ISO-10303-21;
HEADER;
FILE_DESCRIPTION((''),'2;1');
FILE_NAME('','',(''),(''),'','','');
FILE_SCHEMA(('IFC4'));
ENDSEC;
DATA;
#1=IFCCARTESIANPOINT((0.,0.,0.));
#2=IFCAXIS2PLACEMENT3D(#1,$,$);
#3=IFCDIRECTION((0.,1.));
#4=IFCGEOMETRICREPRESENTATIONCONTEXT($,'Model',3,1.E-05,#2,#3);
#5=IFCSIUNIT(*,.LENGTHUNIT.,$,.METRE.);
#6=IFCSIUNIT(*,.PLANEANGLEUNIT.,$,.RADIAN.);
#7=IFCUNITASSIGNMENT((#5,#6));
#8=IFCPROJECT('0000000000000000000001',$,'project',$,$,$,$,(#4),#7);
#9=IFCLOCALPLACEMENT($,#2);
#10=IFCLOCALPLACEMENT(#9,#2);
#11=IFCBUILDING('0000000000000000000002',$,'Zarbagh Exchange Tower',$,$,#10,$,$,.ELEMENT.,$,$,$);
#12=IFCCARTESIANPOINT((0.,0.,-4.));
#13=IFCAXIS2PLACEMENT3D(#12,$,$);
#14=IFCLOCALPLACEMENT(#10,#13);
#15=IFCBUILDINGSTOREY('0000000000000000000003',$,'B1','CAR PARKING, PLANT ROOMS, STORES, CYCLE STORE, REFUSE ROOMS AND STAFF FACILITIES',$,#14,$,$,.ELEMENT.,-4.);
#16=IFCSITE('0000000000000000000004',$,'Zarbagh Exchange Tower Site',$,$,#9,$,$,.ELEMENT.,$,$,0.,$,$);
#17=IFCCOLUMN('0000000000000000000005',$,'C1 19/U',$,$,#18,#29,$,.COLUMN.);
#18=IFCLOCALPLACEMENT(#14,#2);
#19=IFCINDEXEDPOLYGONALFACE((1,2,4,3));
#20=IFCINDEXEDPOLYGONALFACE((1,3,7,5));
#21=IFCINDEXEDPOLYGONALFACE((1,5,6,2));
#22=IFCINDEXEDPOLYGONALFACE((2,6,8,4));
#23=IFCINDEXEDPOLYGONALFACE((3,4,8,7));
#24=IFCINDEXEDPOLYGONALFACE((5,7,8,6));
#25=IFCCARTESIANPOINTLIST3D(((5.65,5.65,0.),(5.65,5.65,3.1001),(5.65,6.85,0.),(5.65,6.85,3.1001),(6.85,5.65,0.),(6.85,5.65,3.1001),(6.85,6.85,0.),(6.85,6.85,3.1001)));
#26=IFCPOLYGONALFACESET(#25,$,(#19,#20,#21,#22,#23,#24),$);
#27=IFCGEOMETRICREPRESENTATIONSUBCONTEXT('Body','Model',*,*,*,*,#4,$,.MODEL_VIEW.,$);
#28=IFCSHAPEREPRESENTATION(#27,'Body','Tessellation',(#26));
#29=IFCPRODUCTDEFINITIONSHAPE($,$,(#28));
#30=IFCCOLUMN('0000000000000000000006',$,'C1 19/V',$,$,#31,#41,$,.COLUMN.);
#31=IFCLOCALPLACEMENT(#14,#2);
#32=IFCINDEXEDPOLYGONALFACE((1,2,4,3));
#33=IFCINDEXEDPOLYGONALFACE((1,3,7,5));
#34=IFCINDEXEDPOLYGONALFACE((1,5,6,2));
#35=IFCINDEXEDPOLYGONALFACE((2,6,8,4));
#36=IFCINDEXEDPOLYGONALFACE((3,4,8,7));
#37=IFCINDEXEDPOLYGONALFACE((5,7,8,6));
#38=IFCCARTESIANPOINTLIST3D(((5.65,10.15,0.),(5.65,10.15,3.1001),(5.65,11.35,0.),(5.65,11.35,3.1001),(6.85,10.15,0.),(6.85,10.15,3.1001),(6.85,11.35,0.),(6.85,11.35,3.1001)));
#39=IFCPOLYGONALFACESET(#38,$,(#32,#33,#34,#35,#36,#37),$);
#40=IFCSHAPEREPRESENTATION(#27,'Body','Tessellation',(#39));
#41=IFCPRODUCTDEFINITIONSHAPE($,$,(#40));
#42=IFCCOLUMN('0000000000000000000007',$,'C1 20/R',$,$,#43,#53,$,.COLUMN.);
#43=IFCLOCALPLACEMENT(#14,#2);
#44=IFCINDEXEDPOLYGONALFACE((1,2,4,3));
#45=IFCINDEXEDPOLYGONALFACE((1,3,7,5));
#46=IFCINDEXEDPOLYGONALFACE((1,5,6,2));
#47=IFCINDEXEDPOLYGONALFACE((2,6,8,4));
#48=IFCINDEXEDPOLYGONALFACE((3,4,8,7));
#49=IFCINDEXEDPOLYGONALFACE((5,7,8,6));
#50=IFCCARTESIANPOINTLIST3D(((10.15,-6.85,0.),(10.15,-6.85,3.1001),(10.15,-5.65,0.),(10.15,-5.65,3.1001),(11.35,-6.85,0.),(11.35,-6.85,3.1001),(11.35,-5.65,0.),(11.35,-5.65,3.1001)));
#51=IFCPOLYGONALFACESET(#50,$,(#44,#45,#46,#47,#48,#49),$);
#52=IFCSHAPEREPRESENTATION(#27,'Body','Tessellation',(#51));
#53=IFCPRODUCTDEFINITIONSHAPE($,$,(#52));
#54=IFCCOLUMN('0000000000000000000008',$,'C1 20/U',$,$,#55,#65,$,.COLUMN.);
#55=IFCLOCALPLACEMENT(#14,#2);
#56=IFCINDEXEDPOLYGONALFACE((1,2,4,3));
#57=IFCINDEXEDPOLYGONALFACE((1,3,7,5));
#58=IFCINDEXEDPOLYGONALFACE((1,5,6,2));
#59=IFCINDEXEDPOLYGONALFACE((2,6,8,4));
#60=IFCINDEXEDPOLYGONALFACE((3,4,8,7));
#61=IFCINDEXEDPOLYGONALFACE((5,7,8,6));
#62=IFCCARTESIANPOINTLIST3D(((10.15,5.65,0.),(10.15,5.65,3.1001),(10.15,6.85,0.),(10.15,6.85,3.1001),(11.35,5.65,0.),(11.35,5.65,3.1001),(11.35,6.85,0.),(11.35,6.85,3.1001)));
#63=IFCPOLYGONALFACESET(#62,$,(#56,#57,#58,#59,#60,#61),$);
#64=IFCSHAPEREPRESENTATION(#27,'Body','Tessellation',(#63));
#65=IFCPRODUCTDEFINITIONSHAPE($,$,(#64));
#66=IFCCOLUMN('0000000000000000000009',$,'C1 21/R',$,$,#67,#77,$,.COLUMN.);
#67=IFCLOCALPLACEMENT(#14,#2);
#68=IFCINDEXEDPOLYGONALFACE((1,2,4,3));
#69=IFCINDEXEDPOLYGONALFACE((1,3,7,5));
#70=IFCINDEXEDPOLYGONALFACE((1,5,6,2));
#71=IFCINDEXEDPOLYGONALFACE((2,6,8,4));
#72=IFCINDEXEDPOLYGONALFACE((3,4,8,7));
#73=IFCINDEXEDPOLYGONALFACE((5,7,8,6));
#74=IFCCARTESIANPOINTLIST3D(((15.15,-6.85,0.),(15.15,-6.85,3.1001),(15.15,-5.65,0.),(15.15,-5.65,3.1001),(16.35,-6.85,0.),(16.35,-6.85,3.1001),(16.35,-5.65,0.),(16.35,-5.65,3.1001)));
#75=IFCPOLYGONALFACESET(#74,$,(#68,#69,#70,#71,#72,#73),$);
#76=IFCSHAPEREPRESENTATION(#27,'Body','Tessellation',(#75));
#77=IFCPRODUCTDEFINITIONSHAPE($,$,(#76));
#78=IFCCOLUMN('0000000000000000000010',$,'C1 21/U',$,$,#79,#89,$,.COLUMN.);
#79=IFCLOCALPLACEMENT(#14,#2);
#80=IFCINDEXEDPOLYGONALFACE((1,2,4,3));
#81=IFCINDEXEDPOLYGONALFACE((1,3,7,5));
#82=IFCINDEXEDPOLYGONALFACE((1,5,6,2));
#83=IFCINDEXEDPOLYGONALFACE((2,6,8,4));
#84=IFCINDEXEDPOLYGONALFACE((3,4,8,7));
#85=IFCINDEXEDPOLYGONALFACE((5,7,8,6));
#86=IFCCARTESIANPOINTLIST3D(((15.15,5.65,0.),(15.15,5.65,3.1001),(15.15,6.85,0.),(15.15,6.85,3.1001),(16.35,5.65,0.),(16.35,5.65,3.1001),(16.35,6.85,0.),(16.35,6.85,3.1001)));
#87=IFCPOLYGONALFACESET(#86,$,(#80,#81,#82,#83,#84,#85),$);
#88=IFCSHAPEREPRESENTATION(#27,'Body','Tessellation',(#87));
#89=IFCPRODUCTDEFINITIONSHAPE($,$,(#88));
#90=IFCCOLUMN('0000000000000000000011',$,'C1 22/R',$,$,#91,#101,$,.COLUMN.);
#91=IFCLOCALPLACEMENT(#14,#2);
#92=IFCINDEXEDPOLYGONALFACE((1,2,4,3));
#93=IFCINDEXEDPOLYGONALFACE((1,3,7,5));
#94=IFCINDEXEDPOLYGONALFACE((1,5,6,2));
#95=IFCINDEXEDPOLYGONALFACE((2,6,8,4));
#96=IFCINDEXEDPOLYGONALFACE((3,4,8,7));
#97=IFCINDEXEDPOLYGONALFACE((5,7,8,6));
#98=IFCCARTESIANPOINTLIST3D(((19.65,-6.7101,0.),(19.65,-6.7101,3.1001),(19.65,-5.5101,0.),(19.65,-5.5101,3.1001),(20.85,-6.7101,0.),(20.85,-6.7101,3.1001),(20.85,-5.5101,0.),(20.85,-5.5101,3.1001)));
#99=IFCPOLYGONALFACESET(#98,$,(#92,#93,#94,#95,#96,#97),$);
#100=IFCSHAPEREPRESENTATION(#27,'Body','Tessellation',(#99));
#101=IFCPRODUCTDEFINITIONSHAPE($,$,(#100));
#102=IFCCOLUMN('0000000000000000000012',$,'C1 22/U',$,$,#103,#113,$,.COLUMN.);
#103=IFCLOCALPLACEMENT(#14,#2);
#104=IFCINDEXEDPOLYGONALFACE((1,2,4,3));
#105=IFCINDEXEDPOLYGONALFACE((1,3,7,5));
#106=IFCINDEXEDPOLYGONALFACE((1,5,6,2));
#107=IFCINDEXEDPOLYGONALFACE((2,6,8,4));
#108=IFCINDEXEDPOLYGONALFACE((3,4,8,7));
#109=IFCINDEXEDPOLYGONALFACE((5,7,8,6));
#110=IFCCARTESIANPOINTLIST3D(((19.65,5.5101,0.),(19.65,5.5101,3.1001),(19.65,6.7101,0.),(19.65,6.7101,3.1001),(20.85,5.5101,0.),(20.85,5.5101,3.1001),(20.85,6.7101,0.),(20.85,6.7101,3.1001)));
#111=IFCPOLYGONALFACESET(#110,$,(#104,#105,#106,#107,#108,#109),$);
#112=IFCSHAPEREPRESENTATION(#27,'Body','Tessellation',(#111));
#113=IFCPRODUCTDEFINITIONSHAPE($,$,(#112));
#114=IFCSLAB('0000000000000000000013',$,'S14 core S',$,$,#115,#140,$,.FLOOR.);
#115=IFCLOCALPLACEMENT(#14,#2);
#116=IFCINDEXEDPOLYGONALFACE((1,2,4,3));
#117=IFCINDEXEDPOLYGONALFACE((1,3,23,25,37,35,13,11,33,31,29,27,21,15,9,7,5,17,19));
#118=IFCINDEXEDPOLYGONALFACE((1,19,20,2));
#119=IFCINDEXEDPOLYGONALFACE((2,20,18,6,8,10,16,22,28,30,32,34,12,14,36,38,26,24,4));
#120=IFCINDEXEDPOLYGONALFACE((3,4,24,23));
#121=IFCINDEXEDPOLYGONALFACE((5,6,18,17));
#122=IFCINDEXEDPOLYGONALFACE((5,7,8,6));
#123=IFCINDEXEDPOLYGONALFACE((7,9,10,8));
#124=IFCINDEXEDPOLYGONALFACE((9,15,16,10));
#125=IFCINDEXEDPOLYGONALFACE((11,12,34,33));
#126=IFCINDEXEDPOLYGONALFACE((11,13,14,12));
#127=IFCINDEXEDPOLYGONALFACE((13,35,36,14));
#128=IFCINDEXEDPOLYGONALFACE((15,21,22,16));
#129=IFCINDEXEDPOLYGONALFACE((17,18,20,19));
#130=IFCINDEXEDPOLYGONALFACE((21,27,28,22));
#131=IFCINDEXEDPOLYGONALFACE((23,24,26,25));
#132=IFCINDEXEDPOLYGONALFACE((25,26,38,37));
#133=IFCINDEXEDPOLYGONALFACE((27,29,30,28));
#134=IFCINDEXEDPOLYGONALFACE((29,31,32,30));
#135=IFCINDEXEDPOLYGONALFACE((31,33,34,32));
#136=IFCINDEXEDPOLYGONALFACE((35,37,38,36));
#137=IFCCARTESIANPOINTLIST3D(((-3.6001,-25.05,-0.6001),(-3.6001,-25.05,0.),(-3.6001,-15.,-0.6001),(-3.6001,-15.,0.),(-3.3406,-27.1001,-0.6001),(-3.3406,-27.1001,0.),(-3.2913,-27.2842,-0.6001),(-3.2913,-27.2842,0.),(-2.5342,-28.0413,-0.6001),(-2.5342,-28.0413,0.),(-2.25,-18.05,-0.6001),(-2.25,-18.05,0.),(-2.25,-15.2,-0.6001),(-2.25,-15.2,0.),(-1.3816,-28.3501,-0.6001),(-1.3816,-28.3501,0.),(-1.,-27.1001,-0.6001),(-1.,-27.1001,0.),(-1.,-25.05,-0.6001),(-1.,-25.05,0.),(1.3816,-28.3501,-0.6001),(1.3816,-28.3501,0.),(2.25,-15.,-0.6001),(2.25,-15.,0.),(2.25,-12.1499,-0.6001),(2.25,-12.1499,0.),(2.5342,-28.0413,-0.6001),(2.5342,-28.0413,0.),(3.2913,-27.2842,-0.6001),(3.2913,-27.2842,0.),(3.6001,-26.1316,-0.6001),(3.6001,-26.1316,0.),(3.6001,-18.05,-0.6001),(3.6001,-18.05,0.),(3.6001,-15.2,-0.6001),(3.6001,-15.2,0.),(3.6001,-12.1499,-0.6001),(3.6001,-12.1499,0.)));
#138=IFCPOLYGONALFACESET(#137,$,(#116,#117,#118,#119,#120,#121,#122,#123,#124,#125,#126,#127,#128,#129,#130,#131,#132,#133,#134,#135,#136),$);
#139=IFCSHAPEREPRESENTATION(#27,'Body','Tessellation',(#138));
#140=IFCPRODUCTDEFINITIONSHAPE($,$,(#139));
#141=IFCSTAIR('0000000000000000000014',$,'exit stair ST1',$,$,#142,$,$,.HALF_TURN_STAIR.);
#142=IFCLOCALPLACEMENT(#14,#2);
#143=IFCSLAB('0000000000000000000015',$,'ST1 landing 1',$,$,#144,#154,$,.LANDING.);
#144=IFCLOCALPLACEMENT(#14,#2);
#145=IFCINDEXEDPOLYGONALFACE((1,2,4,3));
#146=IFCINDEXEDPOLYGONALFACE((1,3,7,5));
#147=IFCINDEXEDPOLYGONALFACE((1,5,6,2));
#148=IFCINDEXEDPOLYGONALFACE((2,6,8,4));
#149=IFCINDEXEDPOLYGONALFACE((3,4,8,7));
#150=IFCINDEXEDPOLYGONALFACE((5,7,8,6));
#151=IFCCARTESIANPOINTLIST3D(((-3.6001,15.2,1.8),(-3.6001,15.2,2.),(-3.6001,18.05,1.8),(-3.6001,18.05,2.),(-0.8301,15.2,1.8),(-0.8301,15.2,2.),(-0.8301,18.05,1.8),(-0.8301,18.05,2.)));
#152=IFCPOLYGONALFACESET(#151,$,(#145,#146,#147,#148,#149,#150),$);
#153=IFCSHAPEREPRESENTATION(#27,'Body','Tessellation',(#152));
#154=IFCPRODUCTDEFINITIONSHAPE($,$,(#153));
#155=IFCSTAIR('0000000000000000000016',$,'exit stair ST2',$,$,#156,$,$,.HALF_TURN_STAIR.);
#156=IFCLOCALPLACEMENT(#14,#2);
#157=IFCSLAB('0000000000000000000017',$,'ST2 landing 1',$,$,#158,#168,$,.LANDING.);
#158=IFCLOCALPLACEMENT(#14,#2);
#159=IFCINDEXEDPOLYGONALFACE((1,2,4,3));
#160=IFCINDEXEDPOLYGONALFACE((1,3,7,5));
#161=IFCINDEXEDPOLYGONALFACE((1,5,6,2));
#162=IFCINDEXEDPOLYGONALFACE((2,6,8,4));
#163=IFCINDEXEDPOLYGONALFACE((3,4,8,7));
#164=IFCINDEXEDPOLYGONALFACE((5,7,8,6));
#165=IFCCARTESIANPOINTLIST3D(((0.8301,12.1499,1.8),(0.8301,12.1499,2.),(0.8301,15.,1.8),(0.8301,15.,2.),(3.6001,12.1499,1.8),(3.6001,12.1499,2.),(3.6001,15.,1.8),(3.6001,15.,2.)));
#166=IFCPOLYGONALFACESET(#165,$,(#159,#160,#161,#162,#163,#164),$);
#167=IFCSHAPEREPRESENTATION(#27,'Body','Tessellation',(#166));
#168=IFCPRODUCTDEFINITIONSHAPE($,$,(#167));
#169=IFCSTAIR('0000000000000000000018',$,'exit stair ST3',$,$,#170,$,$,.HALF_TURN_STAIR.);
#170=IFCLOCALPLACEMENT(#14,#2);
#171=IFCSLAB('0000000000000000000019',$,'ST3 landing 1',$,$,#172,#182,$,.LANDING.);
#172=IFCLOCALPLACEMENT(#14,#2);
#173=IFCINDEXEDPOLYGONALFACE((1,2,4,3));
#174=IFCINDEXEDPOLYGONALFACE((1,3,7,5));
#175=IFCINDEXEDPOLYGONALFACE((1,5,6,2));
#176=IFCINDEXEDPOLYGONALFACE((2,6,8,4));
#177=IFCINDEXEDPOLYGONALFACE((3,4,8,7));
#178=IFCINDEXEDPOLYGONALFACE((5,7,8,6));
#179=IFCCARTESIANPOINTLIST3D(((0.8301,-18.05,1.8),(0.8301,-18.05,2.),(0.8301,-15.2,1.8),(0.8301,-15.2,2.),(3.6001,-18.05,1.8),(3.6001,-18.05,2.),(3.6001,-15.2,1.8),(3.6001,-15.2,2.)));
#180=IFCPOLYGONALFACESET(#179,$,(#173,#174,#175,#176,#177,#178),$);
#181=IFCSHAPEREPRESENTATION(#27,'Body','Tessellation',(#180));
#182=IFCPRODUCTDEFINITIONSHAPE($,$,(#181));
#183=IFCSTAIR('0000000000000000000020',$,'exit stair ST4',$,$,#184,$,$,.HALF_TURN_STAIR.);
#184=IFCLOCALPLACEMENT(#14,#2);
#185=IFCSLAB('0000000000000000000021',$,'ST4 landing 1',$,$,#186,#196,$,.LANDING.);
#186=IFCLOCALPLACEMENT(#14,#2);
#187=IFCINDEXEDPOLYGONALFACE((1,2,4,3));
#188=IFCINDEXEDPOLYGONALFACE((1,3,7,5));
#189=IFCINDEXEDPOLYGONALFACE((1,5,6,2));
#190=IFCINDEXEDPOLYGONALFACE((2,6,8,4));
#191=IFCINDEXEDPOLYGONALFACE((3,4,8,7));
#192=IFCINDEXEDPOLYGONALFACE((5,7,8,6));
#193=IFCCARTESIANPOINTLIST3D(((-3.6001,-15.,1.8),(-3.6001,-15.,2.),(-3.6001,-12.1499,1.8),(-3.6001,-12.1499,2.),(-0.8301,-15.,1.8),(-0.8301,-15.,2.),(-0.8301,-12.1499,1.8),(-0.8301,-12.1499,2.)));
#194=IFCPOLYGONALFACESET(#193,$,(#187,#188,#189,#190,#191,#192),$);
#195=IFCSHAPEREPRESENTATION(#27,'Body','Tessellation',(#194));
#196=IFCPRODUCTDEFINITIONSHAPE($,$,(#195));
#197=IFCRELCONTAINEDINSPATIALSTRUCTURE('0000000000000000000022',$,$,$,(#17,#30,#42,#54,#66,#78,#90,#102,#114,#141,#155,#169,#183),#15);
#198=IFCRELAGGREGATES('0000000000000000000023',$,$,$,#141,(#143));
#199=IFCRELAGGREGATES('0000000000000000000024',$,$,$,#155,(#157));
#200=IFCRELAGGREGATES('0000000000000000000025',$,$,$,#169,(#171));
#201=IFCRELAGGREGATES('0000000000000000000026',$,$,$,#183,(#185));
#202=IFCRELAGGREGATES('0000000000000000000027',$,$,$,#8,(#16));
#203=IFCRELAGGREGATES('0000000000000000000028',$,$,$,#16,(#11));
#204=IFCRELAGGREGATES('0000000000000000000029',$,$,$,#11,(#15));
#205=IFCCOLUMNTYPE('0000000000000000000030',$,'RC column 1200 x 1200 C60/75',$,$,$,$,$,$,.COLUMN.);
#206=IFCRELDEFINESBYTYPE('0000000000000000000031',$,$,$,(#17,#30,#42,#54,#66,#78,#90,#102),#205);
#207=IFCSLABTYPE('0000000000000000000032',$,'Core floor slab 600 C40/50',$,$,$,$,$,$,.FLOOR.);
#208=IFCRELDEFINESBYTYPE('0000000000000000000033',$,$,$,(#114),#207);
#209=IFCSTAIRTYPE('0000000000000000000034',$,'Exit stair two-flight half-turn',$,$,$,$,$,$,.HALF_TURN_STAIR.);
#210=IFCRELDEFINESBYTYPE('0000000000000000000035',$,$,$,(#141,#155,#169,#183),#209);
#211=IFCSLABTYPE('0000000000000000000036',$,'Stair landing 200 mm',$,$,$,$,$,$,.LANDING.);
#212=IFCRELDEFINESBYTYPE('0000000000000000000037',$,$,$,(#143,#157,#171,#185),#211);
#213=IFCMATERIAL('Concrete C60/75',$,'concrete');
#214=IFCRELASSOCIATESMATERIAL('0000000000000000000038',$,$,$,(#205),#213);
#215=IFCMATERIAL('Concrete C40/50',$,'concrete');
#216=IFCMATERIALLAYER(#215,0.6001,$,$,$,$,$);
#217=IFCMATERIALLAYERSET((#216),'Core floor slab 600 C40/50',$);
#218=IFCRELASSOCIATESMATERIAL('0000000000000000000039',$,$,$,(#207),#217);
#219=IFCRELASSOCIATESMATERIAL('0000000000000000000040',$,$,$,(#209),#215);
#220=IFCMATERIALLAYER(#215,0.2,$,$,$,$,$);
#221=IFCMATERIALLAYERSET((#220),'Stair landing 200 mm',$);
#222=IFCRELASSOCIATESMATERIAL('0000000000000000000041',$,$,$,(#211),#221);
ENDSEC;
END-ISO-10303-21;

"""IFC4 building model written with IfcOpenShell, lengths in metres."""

from ifc_helpers import new_model, si_unit, direction, frame, origin, origin_2d, place, context, subcontext, project, spatial, polyline, rectangle, outline, extrude, material, layer, layer_set, material_profile, profile_set, type_object, element, aggregate, save


model = new_model("IFC4")

# Units and contexts
model_context = context("Model", 3, precision=1e-05, world=origin(), true_north=direction((0.0, 1.0)))
body_context = subcontext(model_context, "Body", "Model", "MODEL_VIEW")
ifc_project = project(units=[si_unit("LENGTHUNIT", "METRE"), si_unit("PLANEANGLEUNIT", "RADIAN")], contexts=[model_context])

# Site, building, storey
site_placement = place(None, origin())
site = spatial("IfcSite", under=ifc_project, at=site_placement, Name="Zarbagh Exchange Tower Site", CompositionType="ELEMENT", RefElevation=0.0)
building_placement = place(site_placement, origin())
building = spatial("IfcBuilding", under=site, at=building_placement, Name="Zarbagh Exchange Tower", CompositionType="ELEMENT")
storey_placement = place(building_placement, frame((0.0, 0.0, -4.0)))
storey = spatial("IfcBuildingStorey", under=building, at=storey_placement, Name="B1", Description="CAR PARKING, PLANT ROOMS, STORES, CYCLE STORE, REFUSE ROOMS AND STAFF FACILITIES", CompositionType="ELEMENT", Elevation=-4.0)

# Columns
ifc_material_1 = material(Name="Concrete C60/75", Category="concrete")
ifc_material_profile = material_profile(ifc_material_1, rectangle(XDim=1.2, YDim=1.2, at=origin_2d()), Name="RC column 1200 x 1200 C60/75")
ifc_profile_set = profile_set([ifc_material_profile], Name="Concrete C60/75")
column_type = type_object("IfcColumnType", Name="RC column 1200 x 1200 C60/75", PredefinedType="COLUMN", material=ifc_profile_set)
for number, where, z_axis, x_axis, name in (
    (1, (6.25, 6.25, 0.0), (0.0, 0.0, 1.0), (1.0, 0.0, 0.0), "C1 19/U"),
    (2, (6.25, 10.75, 0.0), (0.0, 0.0, 1.0), (1.0, 0.0, 0.0), "C1 19/V"),
    (3, (10.75, -6.25, 0.0), (0.0, 0.0, 1.0), (1.0, 0.0, 0.0), "C1 20/R"),
    (4, (10.75, 6.25, 0.0), (0.0, 0.0, 1.0), (1.0, 0.0, 0.0), "C1 20/U"),
    (5, (15.75, -6.25, 0.0), (0.0, 0.0, 1.0), (1.0, 0.0, 0.0), "C1 21/R"),
    (6, (15.75, 6.25, 0.0), (0.0, 0.0, 1.0), (1.0, 0.0, 0.0), "C1 21/U"),
    (7, (20.25, -6.1101, 0.0), (0.0, 0.0, 1.0), (1.0, 0.0, 0.0), "C1 22/R"),
    (8, (20.25, 6.1101, 0.0), (0.0, 0.0, 1.0), (1.0, 0.0, 0.0), "C1 22/U"),
):
    element("IfcColumn", number, at=place(storey_placement, frame(where, z_axis=z_axis, x_axis=x_axis)), inside=storey, type_object=column_type, Name=name, PredefinedType="COLUMN", context=body_context, shape_type="SweptSolid", body=[
        extrude(rectangle(XDim=1.2, YDim=1.2, at=origin_2d()), origin(), (0.0, 0.0, 1.0), 3.1001),
    ])

# Slab
ifc_material_2 = material(Name="Concrete C40/50", Category="concrete")
ifc_layer_1 = layer(ifc_material_2, 0.6001)
ifc_layer_set_1 = layer_set([ifc_layer_1], Name="Core floor slab 600 C40/50")
slab_type_1 = type_object("IfcSlabType", Name="Core floor slab 600 C40/50", PredefinedType="FLOOR", material=ifc_layer_set_1)
slab_1_placement = place(storey_placement, frame((0.0, 0.0, -0.6001)))
element("IfcSlab", 9, at=slab_1_placement, inside=storey, type_object=slab_type_1, Name="S14 core S", PredefinedType="FLOOR", context=body_context, shape_type="SweptSolid", body=[
    extrude(outline(polyline([(-2.5342, -28.0413), (-3.2913, -27.2842), (-3.3406, -27.1001), (-1.0, -27.1001), (-1.0, -25.05), (-3.6001, -25.05), (-3.6001, -15.0), (2.25, -15.0), (2.25, -12.1499), (3.6001, -12.1499), (3.6001, -15.2), (-2.25, -15.2), (-2.25, -18.05), (3.6001, -18.05), (3.6001, -26.1316), (3.2913, -27.2842), (2.5342, -28.0413), (1.3816, -28.3501), (-1.3816, -28.3501), (-2.5342, -28.0413)])), origin(), (0.0, 0.0, 1.0), 0.6001),
])

# Stairs, slabs
stair_type = type_object("IfcStairType", Name="Exit stair two-flight half-turn", PredefinedType="HALF_TURN_STAIR", material=ifc_material_2)
stair_1_placement = place(storey_placement, origin())
stair_1 = element("IfcStair", 10, at=stair_1_placement, inside=storey, type_object=stair_type, Name="exit stair ST1", PredefinedType="HALF_TURN_STAIR")
ifc_layer_2 = layer(ifc_material_2, 0.2)
ifc_layer_set_2 = layer_set([ifc_layer_2], Name="Stair landing 200 mm")
slab_type_2 = type_object("IfcSlabType", Name="Stair landing 200 mm", PredefinedType="LANDING", material=ifc_layer_set_2)
slab_2_placement = place(storey_placement, frame((0.0, 0.0, 1.8)))
slab_2 = element("IfcSlab", 11, at=slab_2_placement, type_object=slab_type_2, Name="ST1 landing 1", PredefinedType="LANDING", context=body_context, shape_type="SweptSolid", body=[
    extrude(outline(polyline([(-0.8301, 18.05), (-3.6001, 18.05), (-3.6001, 15.2), (-0.8301, 15.2), (-0.8301, 18.05)])), origin(), (0.0, 0.0, 1.0), 0.2),
])
aggregate(stair_1, [slab_2])
stair_2_placement = place(storey_placement, origin())
stair_2 = element("IfcStair", 12, at=stair_2_placement, inside=storey, type_object=stair_type, Name="exit stair ST2", PredefinedType="HALF_TURN_STAIR")
slab_3_placement = place(storey_placement, frame((0.0, 0.0, 1.8)))
slab_3 = element("IfcSlab", 13, at=slab_3_placement, type_object=slab_type_2, Name="ST2 landing 1", PredefinedType="LANDING", context=body_context, shape_type="SweptSolid", body=[
    extrude(outline(polyline([(0.8301, 12.1499), (3.6001, 12.1499), (3.6001, 15.0), (0.8301, 15.0), (0.8301, 12.1499)])), origin(), (0.0, 0.0, 1.0), 0.2),
])
aggregate(stair_2, [slab_3])
stair_3_placement = place(storey_placement, origin())
stair_3 = element("IfcStair", 14, at=stair_3_placement, inside=storey, type_object=stair_type, Name="exit stair ST3", PredefinedType="HALF_TURN_STAIR")
slab_4_placement = place(storey_placement, frame((0.0, 0.0, 1.8)))
slab_4 = element("IfcSlab", 15, at=slab_4_placement, type_object=slab_type_2, Name="ST3 landing 1", PredefinedType="LANDING", context=body_context, shape_type="SweptSolid", body=[
    extrude(outline(polyline([(0.8301, -18.05), (3.6001, -18.05), (3.6001, -15.2), (0.8301, -15.2), (0.8301, -18.05)])), origin(), (0.0, 0.0, 1.0), 0.2),
])
aggregate(stair_3, [slab_4])
stair_4_placement = place(storey_placement, origin())
stair_4 = element("IfcStair", 16, at=stair_4_placement, inside=storey, type_object=stair_type, Name="exit stair ST4", PredefinedType="HALF_TURN_STAIR")
slab_5_placement = place(storey_placement, frame((0.0, 0.0, 1.8)))
slab_5 = element("IfcSlab", 17, at=slab_5_placement, type_object=slab_type_2, Name="ST4 landing 1", PredefinedType="LANDING", context=body_context, shape_type="SweptSolid", body=[
    extrude(outline(polyline([(-0.8301, -12.1499), (-3.6001, -12.1499), (-3.6001, -15.0), (-0.8301, -15.0), (-0.8301, -12.1499)])), origin(), (0.0, 0.0, 1.0), 0.2),
])
aggregate(stair_4, [slab_5])

save(model, "model.ifc")
